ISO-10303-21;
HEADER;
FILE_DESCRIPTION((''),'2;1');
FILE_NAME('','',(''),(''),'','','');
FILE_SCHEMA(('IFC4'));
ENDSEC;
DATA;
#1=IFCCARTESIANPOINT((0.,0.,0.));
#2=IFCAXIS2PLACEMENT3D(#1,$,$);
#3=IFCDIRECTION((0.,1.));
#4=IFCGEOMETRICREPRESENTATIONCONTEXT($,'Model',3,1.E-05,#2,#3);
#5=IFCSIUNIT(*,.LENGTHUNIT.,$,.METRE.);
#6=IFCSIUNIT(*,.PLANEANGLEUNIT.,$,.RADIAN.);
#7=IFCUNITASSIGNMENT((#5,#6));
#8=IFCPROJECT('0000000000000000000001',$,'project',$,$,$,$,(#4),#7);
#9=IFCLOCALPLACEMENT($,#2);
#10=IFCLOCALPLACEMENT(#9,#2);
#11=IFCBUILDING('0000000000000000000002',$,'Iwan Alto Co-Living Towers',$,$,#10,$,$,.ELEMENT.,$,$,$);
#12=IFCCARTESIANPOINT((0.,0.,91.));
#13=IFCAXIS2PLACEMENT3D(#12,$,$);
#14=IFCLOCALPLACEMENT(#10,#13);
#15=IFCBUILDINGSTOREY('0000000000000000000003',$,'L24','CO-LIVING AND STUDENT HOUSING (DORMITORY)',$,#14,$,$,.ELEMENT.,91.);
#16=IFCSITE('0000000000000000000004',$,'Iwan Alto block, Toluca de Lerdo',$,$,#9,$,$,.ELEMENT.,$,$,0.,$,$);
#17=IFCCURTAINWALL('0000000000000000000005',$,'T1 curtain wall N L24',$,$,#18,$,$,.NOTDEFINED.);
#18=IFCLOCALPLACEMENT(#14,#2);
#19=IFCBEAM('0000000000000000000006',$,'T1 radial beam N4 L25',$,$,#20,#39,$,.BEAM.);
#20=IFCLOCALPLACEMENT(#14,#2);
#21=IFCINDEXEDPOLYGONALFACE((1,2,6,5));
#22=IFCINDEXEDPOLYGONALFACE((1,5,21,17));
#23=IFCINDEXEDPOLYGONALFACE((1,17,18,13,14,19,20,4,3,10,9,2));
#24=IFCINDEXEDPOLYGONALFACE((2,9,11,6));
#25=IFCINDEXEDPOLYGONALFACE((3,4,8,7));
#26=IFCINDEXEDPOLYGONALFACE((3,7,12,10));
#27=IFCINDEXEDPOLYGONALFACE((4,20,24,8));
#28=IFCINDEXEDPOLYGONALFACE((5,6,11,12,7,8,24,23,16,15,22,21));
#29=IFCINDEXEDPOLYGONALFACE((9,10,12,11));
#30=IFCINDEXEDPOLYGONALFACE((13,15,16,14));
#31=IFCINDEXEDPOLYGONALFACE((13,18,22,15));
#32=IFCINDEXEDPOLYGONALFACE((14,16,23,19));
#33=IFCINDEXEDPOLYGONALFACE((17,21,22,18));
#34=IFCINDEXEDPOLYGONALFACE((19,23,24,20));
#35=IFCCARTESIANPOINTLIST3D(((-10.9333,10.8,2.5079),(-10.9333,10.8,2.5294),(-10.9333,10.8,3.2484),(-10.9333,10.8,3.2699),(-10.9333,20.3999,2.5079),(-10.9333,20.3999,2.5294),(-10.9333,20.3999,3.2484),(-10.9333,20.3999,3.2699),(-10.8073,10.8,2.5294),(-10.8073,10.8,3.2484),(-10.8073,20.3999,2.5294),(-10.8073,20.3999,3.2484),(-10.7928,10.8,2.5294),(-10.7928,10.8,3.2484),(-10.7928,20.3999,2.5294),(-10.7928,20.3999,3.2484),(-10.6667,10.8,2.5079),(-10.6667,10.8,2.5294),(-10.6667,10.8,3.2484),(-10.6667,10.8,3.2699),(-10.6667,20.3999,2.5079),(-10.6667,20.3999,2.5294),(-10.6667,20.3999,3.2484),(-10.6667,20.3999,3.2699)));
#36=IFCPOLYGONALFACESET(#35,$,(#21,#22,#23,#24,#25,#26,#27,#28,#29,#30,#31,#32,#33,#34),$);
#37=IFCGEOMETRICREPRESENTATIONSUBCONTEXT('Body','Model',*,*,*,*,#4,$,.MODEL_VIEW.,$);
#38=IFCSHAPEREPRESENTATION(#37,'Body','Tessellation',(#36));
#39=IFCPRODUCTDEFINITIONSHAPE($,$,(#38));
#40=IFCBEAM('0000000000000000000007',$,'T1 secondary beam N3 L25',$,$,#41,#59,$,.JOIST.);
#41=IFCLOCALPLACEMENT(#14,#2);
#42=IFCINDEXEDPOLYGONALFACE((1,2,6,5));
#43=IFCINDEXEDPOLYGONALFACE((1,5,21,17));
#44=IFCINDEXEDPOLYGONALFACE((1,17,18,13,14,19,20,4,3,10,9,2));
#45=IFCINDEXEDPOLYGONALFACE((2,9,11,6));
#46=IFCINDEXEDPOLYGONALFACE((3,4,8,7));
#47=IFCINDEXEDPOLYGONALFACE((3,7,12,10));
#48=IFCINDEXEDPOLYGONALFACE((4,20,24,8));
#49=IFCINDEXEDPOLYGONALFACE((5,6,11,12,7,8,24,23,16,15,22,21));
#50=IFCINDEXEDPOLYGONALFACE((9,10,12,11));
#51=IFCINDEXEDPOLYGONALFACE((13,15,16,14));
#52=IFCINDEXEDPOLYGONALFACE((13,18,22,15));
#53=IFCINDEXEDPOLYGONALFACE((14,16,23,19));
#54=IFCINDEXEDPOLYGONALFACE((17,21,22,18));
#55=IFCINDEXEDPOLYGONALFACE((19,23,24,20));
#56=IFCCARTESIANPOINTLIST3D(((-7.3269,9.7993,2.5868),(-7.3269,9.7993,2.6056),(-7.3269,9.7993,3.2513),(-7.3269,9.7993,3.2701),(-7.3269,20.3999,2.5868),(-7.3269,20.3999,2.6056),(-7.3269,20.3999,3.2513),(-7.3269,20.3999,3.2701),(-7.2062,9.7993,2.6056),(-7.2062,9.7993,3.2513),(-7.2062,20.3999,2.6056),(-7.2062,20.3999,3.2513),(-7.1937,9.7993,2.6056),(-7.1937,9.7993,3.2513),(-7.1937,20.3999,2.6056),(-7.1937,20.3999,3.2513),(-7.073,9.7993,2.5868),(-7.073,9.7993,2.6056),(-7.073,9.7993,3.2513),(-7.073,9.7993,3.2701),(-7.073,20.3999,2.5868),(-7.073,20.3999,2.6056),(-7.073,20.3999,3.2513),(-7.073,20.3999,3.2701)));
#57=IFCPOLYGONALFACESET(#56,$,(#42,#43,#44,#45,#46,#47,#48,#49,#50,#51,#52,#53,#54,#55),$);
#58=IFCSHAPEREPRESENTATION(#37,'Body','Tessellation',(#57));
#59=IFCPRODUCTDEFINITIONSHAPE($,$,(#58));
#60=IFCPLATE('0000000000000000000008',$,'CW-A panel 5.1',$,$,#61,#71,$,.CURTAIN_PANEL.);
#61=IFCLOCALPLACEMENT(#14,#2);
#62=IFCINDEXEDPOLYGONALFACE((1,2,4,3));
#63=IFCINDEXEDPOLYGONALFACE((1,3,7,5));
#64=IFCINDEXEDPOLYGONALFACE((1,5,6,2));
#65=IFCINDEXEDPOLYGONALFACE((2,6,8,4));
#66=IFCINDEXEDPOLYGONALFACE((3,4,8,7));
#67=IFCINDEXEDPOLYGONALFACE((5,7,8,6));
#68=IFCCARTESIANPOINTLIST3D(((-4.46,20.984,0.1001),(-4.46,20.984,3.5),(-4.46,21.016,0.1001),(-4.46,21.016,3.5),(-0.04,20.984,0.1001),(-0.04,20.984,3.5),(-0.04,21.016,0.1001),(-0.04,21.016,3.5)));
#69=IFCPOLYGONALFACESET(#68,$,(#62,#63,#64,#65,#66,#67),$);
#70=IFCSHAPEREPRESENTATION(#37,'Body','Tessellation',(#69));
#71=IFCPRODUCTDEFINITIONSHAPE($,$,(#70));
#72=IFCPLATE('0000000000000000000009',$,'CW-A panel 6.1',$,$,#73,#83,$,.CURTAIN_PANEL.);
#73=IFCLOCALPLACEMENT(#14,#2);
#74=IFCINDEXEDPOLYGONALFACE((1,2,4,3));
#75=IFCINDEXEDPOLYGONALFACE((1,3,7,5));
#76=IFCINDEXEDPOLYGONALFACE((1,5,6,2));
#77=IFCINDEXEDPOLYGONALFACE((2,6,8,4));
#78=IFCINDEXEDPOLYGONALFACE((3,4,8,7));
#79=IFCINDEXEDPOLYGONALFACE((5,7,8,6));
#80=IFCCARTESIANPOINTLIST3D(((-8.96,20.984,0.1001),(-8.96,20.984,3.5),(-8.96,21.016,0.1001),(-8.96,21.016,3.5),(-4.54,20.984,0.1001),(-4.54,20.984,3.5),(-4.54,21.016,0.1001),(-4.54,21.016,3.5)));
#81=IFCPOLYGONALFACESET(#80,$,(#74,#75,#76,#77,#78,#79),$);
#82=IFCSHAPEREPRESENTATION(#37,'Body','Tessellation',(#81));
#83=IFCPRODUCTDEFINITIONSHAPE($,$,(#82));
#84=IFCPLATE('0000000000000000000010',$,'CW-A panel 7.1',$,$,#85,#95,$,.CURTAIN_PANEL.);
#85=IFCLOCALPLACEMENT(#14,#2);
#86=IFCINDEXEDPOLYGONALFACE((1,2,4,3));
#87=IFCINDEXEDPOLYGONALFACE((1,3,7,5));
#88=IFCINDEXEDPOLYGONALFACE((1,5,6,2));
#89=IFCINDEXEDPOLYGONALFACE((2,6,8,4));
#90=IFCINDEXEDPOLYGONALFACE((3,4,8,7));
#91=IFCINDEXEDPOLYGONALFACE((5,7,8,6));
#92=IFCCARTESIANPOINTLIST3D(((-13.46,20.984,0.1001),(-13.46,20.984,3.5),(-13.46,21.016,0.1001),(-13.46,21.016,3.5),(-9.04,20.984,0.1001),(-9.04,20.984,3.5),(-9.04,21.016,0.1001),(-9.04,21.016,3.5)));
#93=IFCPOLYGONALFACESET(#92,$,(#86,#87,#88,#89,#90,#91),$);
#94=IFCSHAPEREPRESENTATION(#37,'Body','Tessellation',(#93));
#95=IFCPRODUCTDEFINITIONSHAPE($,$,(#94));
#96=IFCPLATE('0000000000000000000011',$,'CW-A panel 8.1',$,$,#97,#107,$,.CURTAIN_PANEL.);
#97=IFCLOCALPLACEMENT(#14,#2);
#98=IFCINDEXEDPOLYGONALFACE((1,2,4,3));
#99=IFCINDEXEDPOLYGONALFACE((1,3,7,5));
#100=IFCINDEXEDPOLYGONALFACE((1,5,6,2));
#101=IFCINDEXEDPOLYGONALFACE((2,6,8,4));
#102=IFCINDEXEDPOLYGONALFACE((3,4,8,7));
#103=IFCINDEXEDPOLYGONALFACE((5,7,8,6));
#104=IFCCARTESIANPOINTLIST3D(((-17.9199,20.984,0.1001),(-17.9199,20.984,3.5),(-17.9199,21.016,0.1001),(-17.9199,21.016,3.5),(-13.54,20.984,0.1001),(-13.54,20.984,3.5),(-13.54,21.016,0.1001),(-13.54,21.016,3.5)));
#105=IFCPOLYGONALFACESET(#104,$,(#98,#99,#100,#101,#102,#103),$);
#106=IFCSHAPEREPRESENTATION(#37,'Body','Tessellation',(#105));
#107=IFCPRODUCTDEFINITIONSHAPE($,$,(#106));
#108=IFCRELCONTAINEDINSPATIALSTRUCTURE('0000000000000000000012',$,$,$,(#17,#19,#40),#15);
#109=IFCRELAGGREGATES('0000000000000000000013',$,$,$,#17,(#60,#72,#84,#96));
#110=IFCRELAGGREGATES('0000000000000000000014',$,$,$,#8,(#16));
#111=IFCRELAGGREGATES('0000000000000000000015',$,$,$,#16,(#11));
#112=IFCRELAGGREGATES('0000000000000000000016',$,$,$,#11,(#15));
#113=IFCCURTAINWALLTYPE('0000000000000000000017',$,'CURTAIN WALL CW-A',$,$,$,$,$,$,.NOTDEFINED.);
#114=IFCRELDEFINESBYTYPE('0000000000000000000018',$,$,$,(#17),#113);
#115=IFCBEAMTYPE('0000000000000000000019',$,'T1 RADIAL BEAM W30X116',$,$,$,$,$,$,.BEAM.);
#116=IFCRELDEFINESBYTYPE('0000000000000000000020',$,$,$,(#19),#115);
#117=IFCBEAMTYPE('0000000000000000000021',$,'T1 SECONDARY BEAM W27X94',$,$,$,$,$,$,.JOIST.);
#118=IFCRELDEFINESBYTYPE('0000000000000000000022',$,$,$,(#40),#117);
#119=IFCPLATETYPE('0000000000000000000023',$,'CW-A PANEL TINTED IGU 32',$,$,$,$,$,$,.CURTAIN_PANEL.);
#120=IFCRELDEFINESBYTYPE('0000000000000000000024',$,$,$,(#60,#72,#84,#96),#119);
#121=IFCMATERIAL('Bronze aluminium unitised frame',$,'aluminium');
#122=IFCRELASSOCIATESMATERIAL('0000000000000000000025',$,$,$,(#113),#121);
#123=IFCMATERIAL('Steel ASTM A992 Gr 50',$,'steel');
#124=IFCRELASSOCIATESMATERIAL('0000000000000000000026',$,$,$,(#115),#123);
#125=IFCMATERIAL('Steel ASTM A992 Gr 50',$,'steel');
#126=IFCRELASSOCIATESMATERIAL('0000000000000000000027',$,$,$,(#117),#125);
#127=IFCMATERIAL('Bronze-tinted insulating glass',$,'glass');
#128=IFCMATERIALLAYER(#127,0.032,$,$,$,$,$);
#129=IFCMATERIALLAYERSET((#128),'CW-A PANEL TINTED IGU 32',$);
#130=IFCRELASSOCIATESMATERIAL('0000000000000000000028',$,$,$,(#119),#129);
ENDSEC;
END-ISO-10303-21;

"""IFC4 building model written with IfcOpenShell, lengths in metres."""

from ifc_helpers import new_model, si_unit, direction, frame, origin, origin_2d, place, context, subcontext, project, spatial, rectangle, i_section, extrude, material, layer, layer_set, material_profile, profile_set, type_object, element, aggregate, save


model = new_model("IFC4")

# Units and contexts
model_context = context("Model", 3, precision=1e-05, world=origin(), true_north=direction((0.0, 1.0)))
body_context = subcontext(model_context, "Body", "Model", "MODEL_VIEW")
ifc_project = project(units=[si_unit("LENGTHUNIT", "METRE"), si_unit("PLANEANGLEUNIT", "RADIAN")], contexts=[model_context])

# Site, building, storey
site_placement = place(None, origin())
site = spatial("IfcSite", under=ifc_project, at=site_placement, Name="Iwan Alto block, Toluca de Lerdo", CompositionType="ELEMENT", RefElevation=0.0)
building_placement = place(site_placement, origin())
building = spatial("IfcBuilding", under=site, at=building_placement, Name="Iwan Alto Co-Living Towers", CompositionType="ELEMENT")
storey_placement = place(building_placement, frame((0.0, 0.0, 91.0)))
storey = spatial("IfcBuildingStorey", under=building, at=storey_placement, Name="L24", Description="CO-LIVING AND STUDENT HOUSING (DORMITORY)", CompositionType="ELEMENT", Elevation=91.0)

# Curtain wall
ifc_material_1 = material(Name="Bronze aluminium unitised frame", Category="aluminium")
curtain_wall_type = type_object("IfcCurtainWallType", Name="CURTAIN WALL CW-A", PredefinedType="NOTDEFINED", material=ifc_material_1)
curtain_wall_placement = place(storey_placement, origin())
curtain_wall = element("IfcCurtainWall", 1, at=curtain_wall_placement, inside=storey, type_object=curtain_wall_type, Name="T1 curtain wall N L24", PredefinedType="NOTDEFINED")

# Beams
ifc_material_2 = material(Name="Steel ASTM A992 Gr 50", Category="steel")
ifc_material_profile_1 = material_profile(ifc_material_2, i_section(OverallWidth=0.2666, OverallDepth=0.762, WebThickness=0.0144, FlangeThickness=0.0215, at=origin_2d()), Name="W30X116")
ifc_profile_set_1 = profile_set([ifc_material_profile_1], Name="Steel ASTM A992 Gr 50")
beam_type_1 = type_object("IfcBeamType", Name="T1 RADIAL BEAM W30X116", PredefinedType="BEAM", material=ifc_profile_set_1)
beam_1_placement = place(storey_placement, frame((-10.8, 20.3999, 2.8889), z_axis=(0.0, -1.0, 0.0), x_axis=(1.0, 0.0, 0.0)))
element("IfcBeam", 2, at=beam_1_placement, inside=storey, type_object=beam_type_1, Name="T1 radial beam N4 L25", PredefinedType="BEAM", context=body_context, shape_type="SweptSolid", body=[
    extrude(i_section(OverallWidth=0.2666, OverallDepth=0.762, WebThickness=0.0144, FlangeThickness=0.0215, at=origin_2d()), origin(), (0.0, 0.0, 1.0), 9.5999),
])
ifc_material_3 = material(Name="Steel ASTM A992 Gr 50", Category="steel")
ifc_material_profile_2 = material_profile(ifc_material_3, i_section(OverallWidth=0.2539, OverallDepth=0.6833, WebThickness=0.0125, FlangeThickness=0.0188, at=origin_2d()), Name="W27X94")
ifc_profile_set_2 = profile_set([ifc_material_profile_2], Name="Steel ASTM A992 Gr 50")
beam_type_2 = type_object("IfcBeamType", Name="T1 SECONDARY BEAM W27X94", PredefinedType="JOIST", material=ifc_profile_set_2)
beam_2_placement = place(storey_placement, frame((-7.2, 20.3999, 2.9285), z_axis=(0.0, -1.0, 0.0), x_axis=(1.0, 0.0, 0.0)))
element("IfcBeam", 3, at=beam_2_placement, inside=storey, type_object=beam_type_2, Name="T1 secondary beam N3 L25", PredefinedType="JOIST", context=body_context, shape_type="SweptSolid", body=[
    extrude(i_section(OverallWidth=0.2539, OverallDepth=0.6833, WebThickness=0.0125, FlangeThickness=0.0188, at=origin_2d()), origin(), (0.0, 0.0, 1.0), 10.6006),
])

# Plates
ifc_material_4 = material(Name="Bronze-tinted insulating glass", Category="glass")
ifc_layer_1 = layer(ifc_material_4, 0.032)
ifc_layer_set_1 = layer_set([ifc_layer_1], Name="CW-A PANEL TINTED IGU 32")
plate_type = type_object("IfcPlateType", Name="CW-A PANEL TINTED IGU 32", PredefinedType="CURTAIN_PANEL", material=ifc_layer_set_1)
plate_1_placement = place(storey_placement, frame((-2.25, 21.0, 0.1001), z_axis=(0.0, 0.0, 1.0), x_axis=(-1.0, 0.0, 0.0)))
plate_1 = element("IfcPlate", 4, at=plate_1_placement, type_object=plate_type, Name="CW-A panel 5.1", PredefinedType="CURTAIN_PANEL", context=body_context, shape_type="SweptSolid", body=[
    extrude(rectangle(XDim=4.4199, YDim=0.032, at=origin_2d()), origin(), (0.0, 0.0, 1.0), 3.3999),
])
plate_2_placement = place(storey_placement, frame((-6.75, 21.0, 0.1001), z_axis=(0.0, 0.0, 1.0), x_axis=(-1.0, 0.0, 0.0)))
plate_2 = element("IfcPlate", 5, at=plate_2_placement, type_object=plate_type, Name="CW-A panel 6.1", PredefinedType="CURTAIN_PANEL", context=body_context, shape_type="SweptSolid", body=[
    extrude(rectangle(XDim=4.4199, YDim=0.032, at=origin_2d()), origin(), (0.0, 0.0, 1.0), 3.3999),
])
plate_3_placement = place(storey_placement, frame((-11.25, 21.0, 0.1001), z_axis=(0.0, 0.0, 1.0), x_axis=(-1.0, 0.0, 0.0)))
plate_3 = element("IfcPlate", 6, at=plate_3_placement, type_object=plate_type, Name="CW-A panel 7.1", PredefinedType="CURTAIN_PANEL", context=body_context, shape_type="SweptSolid", body=[
    extrude(rectangle(XDim=4.4199, YDim=0.032, at=origin_2d()), origin(), (0.0, 0.0, 1.0), 3.3999),
])
plate_4_placement = place(storey_placement, frame((-15.73, 21.0, 0.1001), z_axis=(0.0, 0.0, 1.0), x_axis=(-1.0, 0.0, 0.0)))
plate_4 = element("IfcPlate", 7, at=plate_4_placement, type_object=plate_type, Name="CW-A panel 8.1", PredefinedType="CURTAIN_PANEL", context=body_context, shape_type="SweptSolid", body=[
    extrude(rectangle(XDim=4.3799, YDim=0.032, at=origin_2d()), origin(), (0.0, 0.0, 1.0), 3.3999),
])
aggregate(curtain_wall, [plate_1, plate_2, plate_3, plate_4])

save(model, "model.ifc")
